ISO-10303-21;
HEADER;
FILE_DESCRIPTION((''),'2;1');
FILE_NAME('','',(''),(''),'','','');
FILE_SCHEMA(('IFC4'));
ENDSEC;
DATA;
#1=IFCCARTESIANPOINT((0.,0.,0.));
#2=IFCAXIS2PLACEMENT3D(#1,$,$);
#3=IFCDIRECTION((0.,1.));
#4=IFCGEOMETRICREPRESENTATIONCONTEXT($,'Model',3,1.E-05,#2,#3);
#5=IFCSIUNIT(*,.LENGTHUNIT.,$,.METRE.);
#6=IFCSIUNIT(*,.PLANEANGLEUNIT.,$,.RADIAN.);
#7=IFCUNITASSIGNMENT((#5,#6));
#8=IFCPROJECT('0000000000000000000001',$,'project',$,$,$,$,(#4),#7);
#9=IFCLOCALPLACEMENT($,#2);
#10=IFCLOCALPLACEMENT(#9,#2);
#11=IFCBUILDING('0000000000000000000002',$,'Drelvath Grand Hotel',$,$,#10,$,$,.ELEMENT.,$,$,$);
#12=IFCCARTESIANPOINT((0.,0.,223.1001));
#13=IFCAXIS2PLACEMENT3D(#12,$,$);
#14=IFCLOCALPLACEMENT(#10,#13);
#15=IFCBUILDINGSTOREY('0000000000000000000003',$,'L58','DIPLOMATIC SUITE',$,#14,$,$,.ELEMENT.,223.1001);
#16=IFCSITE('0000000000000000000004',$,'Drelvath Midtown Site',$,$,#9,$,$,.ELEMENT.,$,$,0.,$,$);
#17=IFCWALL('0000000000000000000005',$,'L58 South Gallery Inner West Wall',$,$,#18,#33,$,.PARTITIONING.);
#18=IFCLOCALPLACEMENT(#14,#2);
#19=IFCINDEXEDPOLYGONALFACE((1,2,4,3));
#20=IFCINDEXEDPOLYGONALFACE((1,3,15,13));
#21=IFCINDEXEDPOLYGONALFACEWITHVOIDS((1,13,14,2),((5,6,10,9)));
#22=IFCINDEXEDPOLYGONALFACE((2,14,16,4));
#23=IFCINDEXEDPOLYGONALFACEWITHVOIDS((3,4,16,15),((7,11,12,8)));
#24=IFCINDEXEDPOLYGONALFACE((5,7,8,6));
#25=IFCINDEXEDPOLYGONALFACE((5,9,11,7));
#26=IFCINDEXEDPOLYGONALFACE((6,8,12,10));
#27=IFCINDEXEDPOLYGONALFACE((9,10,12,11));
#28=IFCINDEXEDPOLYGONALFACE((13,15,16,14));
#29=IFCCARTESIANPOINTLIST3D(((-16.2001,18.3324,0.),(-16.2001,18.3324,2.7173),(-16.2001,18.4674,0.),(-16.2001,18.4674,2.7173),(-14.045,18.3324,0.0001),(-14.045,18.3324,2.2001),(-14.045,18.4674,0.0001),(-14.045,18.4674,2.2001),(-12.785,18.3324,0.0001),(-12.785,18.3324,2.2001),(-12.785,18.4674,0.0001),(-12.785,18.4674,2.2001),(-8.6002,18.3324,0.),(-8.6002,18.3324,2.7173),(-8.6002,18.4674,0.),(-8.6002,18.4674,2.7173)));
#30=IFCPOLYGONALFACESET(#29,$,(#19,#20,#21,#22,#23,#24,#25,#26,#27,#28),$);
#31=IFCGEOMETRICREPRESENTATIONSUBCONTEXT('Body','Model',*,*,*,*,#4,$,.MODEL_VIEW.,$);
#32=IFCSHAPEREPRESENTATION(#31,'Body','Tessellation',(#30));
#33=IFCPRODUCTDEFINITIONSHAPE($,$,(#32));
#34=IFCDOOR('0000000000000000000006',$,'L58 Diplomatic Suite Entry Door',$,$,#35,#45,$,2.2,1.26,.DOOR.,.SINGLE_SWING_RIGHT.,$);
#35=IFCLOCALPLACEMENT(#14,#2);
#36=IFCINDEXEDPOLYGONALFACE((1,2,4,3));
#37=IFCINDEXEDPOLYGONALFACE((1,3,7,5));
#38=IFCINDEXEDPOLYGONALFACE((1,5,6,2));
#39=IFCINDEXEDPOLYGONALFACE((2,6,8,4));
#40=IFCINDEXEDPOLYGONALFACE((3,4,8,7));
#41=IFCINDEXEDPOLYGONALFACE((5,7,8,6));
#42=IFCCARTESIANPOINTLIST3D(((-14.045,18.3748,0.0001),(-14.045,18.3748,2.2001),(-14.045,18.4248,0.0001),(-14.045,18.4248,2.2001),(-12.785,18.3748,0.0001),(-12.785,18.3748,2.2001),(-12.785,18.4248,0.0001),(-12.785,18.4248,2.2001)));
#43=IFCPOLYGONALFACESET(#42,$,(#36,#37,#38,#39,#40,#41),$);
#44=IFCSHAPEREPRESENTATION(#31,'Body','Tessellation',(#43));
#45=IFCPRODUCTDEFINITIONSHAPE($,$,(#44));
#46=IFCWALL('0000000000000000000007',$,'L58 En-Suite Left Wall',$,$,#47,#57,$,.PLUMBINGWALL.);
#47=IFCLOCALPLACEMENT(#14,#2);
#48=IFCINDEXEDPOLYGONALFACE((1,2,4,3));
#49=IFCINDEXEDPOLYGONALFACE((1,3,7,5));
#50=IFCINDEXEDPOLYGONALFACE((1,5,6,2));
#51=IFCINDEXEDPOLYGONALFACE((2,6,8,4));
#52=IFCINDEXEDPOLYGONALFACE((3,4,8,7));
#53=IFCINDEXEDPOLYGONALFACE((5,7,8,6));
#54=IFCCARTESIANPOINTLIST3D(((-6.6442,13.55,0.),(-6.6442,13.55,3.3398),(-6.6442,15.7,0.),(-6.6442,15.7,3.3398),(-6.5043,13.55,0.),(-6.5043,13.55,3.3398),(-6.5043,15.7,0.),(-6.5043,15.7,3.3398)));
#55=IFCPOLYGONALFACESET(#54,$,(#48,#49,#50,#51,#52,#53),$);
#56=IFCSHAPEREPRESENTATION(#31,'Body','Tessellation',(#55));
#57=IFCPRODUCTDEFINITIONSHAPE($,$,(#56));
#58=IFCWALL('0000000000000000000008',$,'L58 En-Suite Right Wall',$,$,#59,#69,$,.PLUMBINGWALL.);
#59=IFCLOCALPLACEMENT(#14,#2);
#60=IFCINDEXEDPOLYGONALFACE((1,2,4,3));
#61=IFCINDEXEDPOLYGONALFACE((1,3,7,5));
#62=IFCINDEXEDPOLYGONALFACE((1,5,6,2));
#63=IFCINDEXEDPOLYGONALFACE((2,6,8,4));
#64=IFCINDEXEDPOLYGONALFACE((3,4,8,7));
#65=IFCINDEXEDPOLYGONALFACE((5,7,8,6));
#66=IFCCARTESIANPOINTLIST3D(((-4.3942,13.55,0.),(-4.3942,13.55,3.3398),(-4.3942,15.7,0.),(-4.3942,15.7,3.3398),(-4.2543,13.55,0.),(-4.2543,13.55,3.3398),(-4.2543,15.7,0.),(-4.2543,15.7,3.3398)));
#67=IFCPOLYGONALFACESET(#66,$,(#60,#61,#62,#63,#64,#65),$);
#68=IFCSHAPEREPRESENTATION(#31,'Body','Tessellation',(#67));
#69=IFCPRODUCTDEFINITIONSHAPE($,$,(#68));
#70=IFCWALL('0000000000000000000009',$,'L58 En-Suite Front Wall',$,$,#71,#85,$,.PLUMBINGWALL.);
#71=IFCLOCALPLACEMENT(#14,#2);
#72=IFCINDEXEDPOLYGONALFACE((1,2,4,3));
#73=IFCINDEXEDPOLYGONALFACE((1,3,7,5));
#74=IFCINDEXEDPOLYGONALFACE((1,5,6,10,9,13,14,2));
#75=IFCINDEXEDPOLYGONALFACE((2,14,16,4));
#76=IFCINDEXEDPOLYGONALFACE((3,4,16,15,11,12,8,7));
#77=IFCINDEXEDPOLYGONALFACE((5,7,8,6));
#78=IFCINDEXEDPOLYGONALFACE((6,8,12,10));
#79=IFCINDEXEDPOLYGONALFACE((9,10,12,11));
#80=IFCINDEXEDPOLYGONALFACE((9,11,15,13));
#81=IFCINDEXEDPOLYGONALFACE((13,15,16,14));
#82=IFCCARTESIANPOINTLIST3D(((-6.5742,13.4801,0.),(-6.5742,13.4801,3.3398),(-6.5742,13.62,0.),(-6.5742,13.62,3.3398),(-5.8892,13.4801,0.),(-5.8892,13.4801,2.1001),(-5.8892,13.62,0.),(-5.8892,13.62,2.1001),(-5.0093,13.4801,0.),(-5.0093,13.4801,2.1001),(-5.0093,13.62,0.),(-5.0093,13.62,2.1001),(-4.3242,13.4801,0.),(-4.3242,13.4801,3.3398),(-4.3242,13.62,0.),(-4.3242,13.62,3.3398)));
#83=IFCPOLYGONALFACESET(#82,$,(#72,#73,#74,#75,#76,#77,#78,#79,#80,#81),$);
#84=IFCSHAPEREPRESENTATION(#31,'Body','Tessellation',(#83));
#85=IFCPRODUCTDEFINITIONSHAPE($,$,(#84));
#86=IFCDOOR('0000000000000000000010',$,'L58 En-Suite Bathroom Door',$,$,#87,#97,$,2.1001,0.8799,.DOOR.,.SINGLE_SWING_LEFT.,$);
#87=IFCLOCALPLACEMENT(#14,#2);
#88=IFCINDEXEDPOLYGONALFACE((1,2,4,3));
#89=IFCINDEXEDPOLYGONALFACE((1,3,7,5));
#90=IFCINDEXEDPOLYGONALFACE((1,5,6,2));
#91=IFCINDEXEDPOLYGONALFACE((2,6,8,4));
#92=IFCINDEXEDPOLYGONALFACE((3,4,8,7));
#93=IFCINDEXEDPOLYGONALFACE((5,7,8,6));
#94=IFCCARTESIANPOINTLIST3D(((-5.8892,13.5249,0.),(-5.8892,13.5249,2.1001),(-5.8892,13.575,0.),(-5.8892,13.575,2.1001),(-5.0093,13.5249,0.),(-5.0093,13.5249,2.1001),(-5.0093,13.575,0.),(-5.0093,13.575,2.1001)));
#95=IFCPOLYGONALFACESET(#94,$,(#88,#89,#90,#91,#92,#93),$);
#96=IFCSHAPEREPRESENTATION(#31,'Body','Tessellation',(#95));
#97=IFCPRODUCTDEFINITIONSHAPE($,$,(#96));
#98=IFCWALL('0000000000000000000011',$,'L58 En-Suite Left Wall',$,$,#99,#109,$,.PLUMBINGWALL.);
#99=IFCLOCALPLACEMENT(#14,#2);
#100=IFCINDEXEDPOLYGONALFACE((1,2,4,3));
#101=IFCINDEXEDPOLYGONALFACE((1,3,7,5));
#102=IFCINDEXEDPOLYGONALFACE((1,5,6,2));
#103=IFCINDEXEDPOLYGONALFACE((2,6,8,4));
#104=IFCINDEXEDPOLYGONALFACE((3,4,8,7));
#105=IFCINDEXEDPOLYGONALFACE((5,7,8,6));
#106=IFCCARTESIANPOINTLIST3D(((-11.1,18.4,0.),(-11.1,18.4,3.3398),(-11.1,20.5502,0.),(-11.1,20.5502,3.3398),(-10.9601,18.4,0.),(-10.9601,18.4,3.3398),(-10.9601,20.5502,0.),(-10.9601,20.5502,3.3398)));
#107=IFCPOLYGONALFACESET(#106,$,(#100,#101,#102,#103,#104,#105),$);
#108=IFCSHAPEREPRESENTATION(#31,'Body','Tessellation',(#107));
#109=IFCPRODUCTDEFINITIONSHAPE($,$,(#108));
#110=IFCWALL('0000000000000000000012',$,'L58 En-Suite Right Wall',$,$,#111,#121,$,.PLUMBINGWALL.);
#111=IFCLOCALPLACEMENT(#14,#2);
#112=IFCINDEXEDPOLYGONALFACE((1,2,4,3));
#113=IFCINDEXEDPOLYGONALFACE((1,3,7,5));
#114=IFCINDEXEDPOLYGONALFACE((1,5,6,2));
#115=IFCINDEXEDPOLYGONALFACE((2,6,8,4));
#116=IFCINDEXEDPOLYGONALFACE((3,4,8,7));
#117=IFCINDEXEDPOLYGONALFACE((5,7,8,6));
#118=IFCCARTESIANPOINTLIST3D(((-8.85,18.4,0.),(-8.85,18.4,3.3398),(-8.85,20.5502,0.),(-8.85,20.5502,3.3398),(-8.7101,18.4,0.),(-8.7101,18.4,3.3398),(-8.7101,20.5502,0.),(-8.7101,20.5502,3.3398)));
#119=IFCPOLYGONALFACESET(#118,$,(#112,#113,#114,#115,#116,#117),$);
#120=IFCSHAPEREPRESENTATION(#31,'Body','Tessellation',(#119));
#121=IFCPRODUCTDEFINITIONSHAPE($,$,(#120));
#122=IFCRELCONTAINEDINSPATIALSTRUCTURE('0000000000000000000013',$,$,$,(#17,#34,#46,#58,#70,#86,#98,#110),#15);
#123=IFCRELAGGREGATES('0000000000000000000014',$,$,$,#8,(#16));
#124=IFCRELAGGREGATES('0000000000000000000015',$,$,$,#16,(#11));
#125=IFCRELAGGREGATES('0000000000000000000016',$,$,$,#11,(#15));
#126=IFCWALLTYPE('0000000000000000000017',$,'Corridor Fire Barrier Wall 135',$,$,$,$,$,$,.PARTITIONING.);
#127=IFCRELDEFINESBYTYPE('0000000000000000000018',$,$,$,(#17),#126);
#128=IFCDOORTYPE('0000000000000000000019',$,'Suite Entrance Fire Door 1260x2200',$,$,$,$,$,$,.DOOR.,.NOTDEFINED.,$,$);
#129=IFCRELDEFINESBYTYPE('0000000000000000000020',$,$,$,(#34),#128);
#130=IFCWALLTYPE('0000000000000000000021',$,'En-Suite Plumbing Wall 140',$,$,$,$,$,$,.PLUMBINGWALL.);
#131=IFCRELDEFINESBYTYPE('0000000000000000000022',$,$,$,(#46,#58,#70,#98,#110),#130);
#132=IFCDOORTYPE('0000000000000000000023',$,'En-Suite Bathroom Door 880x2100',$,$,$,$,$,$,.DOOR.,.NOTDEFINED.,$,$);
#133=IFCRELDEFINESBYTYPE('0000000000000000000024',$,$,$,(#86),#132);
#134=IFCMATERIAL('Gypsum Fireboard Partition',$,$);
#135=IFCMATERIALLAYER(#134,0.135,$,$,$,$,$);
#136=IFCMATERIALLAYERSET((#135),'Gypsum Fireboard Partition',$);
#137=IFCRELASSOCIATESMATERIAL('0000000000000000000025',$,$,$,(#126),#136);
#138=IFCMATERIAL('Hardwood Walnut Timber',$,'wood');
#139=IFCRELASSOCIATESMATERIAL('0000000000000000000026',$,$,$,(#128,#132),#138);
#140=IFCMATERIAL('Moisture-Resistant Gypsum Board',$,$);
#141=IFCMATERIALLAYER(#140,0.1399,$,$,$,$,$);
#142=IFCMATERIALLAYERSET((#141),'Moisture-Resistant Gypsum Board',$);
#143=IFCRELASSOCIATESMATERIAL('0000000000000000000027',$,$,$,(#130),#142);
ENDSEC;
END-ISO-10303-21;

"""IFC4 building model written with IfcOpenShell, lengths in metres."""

from ifc_helpers import new_model, si_unit, direction, frame, frame_2d, origin, place, context, subcontext, project, spatial, rectangle, extrude, material, layer, layer_set, type_object, element, fill, save


model = new_model("IFC4")

# Units and contexts
model_context = context("Model", 3, precision=1e-05, world=origin(), true_north=direction((0.0, 1.0)))
body_context = subcontext(model_context, "Body", "Model", "MODEL_VIEW")
ifc_project = project(units=[si_unit("LENGTHUNIT", "METRE"), si_unit("PLANEANGLEUNIT", "RADIAN")], contexts=[model_context])

# Site, building, storey
site_placement = place(None, origin())
site = spatial("IfcSite", under=ifc_project, at=site_placement, Name="Drelvath Midtown Site", CompositionType="ELEMENT", RefElevation=0.0)
building_placement = place(site_placement, origin())
building = spatial("IfcBuilding", under=site, at=building_placement, Name="Drelvath Grand Hotel", CompositionType="ELEMENT")
storey_placement = place(building_placement, frame((0.0, 0.0, 223.1001)))
storey = spatial("IfcBuildingStorey", under=building, at=storey_placement, Name="L58", Description="DIPLOMATIC SUITE", CompositionType="ELEMENT", Elevation=223.1001)

# Shared definitions
ifc_material_1 = material(Name="Gypsum Fireboard Partition")
ifc_layer_1 = layer(ifc_material_1, 0.135)
ifc_layer_set_1 = layer_set([ifc_layer_1], Name="Gypsum Fireboard Partition")
wall_type_1 = type_object("IfcWallType", Name="Corridor Fire Barrier Wall 135", PredefinedType="PARTITIONING", material=ifc_layer_set_1)
ifc_material_2 = material(Name="Hardwood Walnut Timber", Category="wood")
door_type_1 = type_object("IfcDoorType", Name="Suite Entrance Fire Door 1260x2200", OperationType="NOTDEFINED", PredefinedType="DOOR", material=ifc_material_2)

# Wall, opening, door
wall_1_placement = place(storey_placement, frame((-16.2, 18.3999, 0.0), z_axis=(0.0, 0.0, 1.0), x_axis=(1.0, 0.0, 0.0)))
wall_1 = element("IfcWall", 1, at=wall_1_placement, inside=storey, type_object=wall_type_1, Name="L58 South Gallery Inner West Wall", PredefinedType="PARTITIONING", context=body_context, shape_type="SweptSolid", body=[
    extrude(rectangle(XDim=7.5999, YDim=0.135, at=frame_2d((3.7998, 0.0))), origin(), (0.0, 0.0, 1.0), 2.7173),
])
opening_1_placement = place(wall_1_placement, frame((2.155, 0.0, 0.0)))
opening_1 = element("IfcOpeningElement", 2, at=opening_1_placement, cuts=wall_1, PredefinedType="OPENING", context=body_context, shape_type="SweptSolid", body=[
    extrude(rectangle(XDim=1.26, YDim=2.2, at=frame_2d((0.6299, 1.1001))), frame((0.0, 0.0774, 0.0), z_axis=(0.0, -1.0, 0.0), x_axis=(1.0, 0.0, 0.0)), (0.0, 0.0, 1.0), 0.155),
])
door_1_placement = place(opening_1_placement, origin())
door_1 = element("IfcDoor", 3, at=door_1_placement, inside=storey, type_object=door_type_1, Name="L58 Diplomatic Suite Entry Door", OperationType="SINGLE_SWING_RIGHT", OverallHeight=2.2, OverallWidth=1.26, PredefinedType="DOOR", context=body_context, shape_type="SweptSolid", body=[
    extrude(rectangle(XDim=1.26, YDim=2.2, at=frame_2d((0.6299, 1.1001))), frame((0.0, 0.0249, 0.0), z_axis=(0.0, -1.0, 0.0), x_axis=(1.0, 0.0, 0.0)), (0.0, 0.0, 1.0), 0.05),
])
fill(opening_1, door_1)

# Walls
ifc_material_3 = material(Name="Moisture-Resistant Gypsum Board")
ifc_layer_2 = layer(ifc_material_3, 0.1399)
ifc_layer_set_2 = layer_set([ifc_layer_2], Name="Moisture-Resistant Gypsum Board")
wall_type_2 = type_object("IfcWallType", Name="En-Suite Plumbing Wall 140", PredefinedType="PLUMBINGWALL", material=ifc_layer_set_2)
for number, where, z_axis, x_axis, name in (
    (4, (-6.5742, 15.7, 0.0), (0.0, 0.0, 1.0), (0.0, -1.0, 0.0), "L58 En-Suite Left Wall"),
    (5, (-4.3242, 15.7, 0.0), (0.0, 0.0, 1.0), (0.0, -1.0, 0.0), "L58 En-Suite Right Wall"),
):
    element("IfcWall", number, at=place(storey_placement, frame(where, z_axis=z_axis, x_axis=x_axis)), inside=storey, type_object=wall_type_2, Name=name, PredefinedType="PLUMBINGWALL", context=body_context, shape_type="SweptSolid", body=[
        extrude(rectangle(XDim=2.1499, YDim=0.1399, at=frame_2d((1.075, 0.0))), origin(), (0.0, 0.0, 1.0), 3.3398),
    ])

# Wall, opening, door
wall_2_placement = place(storey_placement, frame((-6.5742, 13.55, 0.0), z_axis=(0.0, 0.0, 1.0), x_axis=(1.0, 0.0, 0.0)))
wall_2 = element("IfcWall", 6, at=wall_2_placement, inside=storey, type_object=wall_type_2, Name="L58 En-Suite Front Wall", PredefinedType="PLUMBINGWALL", context=body_context, shape_type="SweptSolid", body=[
    extrude(rectangle(XDim=2.25, YDim=0.1399, at=frame_2d((1.125, 0.0))), origin(), (0.0, 0.0, 1.0), 3.3398),
])
opening_2_placement = place(wall_2_placement, frame((0.6851, 0.0, 0.0)))
opening_2 = element("IfcOpeningElement", 7, at=opening_2_placement, cuts=wall_2, PredefinedType="OPENING", context=body_context, shape_type="SweptSolid", body=[
    extrude(rectangle(XDim=0.8799, YDim=2.1001, at=frame_2d((0.4399, 1.05))), frame((0.0, 0.0798, 0.0), z_axis=(0.0, -1.0, 0.0), x_axis=(1.0, 0.0, 0.0)), (0.0, 0.0, 1.0), 0.1599),
])
door_type_2 = type_object("IfcDoorType", Name="En-Suite Bathroom Door 880x2100", OperationType="NOTDEFINED", PredefinedType="DOOR", material=ifc_material_2)
door_2_placement = place(opening_2_placement, origin())
door_2 = element("IfcDoor", 8, at=door_2_placement, inside=storey, type_object=door_type_2, Name="L58 En-Suite Bathroom Door", OperationType="SINGLE_SWING_LEFT", OverallHeight=2.1001, OverallWidth=0.8799, PredefinedType="DOOR", context=body_context, shape_type="SweptSolid", body=[
    extrude(rectangle(XDim=0.8799, YDim=2.1001, at=frame_2d((0.4399, 1.05))), frame((0.0, 0.0249, 0.0), z_axis=(0.0, -1.0, 0.0), x_axis=(1.0, 0.0, 0.0)), (0.0, 0.0, 1.0), 0.05),
])
fill(opening_2, door_2)

# Walls
for number, where, z_axis, x_axis, name in (
    (9, (-11.03, 18.3999, 0.0), (0.0, 0.0, 1.0), (0.0, 1.0, 0.0), "L58 En-Suite Left Wall"),
    (10, (-8.78, 18.3999, 0.0), (0.0, 0.0, 1.0), (0.0, 1.0, 0.0), "L58 En-Suite Right Wall"),
):
    element("IfcWall", number, at=place(storey_placement, frame(where, z_axis=z_axis, x_axis=x_axis)), inside=storey, type_object=wall_type_2, Name=name, PredefinedType="PLUMBINGWALL", context=body_context, shape_type="SweptSolid", body=[
        extrude(rectangle(XDim=2.1501, YDim=0.1399, at=frame_2d((1.0752, 0.0))), origin(), (0.0, 0.0, 1.0), 3.3398),
    ])

save(model, "model.ifc")
